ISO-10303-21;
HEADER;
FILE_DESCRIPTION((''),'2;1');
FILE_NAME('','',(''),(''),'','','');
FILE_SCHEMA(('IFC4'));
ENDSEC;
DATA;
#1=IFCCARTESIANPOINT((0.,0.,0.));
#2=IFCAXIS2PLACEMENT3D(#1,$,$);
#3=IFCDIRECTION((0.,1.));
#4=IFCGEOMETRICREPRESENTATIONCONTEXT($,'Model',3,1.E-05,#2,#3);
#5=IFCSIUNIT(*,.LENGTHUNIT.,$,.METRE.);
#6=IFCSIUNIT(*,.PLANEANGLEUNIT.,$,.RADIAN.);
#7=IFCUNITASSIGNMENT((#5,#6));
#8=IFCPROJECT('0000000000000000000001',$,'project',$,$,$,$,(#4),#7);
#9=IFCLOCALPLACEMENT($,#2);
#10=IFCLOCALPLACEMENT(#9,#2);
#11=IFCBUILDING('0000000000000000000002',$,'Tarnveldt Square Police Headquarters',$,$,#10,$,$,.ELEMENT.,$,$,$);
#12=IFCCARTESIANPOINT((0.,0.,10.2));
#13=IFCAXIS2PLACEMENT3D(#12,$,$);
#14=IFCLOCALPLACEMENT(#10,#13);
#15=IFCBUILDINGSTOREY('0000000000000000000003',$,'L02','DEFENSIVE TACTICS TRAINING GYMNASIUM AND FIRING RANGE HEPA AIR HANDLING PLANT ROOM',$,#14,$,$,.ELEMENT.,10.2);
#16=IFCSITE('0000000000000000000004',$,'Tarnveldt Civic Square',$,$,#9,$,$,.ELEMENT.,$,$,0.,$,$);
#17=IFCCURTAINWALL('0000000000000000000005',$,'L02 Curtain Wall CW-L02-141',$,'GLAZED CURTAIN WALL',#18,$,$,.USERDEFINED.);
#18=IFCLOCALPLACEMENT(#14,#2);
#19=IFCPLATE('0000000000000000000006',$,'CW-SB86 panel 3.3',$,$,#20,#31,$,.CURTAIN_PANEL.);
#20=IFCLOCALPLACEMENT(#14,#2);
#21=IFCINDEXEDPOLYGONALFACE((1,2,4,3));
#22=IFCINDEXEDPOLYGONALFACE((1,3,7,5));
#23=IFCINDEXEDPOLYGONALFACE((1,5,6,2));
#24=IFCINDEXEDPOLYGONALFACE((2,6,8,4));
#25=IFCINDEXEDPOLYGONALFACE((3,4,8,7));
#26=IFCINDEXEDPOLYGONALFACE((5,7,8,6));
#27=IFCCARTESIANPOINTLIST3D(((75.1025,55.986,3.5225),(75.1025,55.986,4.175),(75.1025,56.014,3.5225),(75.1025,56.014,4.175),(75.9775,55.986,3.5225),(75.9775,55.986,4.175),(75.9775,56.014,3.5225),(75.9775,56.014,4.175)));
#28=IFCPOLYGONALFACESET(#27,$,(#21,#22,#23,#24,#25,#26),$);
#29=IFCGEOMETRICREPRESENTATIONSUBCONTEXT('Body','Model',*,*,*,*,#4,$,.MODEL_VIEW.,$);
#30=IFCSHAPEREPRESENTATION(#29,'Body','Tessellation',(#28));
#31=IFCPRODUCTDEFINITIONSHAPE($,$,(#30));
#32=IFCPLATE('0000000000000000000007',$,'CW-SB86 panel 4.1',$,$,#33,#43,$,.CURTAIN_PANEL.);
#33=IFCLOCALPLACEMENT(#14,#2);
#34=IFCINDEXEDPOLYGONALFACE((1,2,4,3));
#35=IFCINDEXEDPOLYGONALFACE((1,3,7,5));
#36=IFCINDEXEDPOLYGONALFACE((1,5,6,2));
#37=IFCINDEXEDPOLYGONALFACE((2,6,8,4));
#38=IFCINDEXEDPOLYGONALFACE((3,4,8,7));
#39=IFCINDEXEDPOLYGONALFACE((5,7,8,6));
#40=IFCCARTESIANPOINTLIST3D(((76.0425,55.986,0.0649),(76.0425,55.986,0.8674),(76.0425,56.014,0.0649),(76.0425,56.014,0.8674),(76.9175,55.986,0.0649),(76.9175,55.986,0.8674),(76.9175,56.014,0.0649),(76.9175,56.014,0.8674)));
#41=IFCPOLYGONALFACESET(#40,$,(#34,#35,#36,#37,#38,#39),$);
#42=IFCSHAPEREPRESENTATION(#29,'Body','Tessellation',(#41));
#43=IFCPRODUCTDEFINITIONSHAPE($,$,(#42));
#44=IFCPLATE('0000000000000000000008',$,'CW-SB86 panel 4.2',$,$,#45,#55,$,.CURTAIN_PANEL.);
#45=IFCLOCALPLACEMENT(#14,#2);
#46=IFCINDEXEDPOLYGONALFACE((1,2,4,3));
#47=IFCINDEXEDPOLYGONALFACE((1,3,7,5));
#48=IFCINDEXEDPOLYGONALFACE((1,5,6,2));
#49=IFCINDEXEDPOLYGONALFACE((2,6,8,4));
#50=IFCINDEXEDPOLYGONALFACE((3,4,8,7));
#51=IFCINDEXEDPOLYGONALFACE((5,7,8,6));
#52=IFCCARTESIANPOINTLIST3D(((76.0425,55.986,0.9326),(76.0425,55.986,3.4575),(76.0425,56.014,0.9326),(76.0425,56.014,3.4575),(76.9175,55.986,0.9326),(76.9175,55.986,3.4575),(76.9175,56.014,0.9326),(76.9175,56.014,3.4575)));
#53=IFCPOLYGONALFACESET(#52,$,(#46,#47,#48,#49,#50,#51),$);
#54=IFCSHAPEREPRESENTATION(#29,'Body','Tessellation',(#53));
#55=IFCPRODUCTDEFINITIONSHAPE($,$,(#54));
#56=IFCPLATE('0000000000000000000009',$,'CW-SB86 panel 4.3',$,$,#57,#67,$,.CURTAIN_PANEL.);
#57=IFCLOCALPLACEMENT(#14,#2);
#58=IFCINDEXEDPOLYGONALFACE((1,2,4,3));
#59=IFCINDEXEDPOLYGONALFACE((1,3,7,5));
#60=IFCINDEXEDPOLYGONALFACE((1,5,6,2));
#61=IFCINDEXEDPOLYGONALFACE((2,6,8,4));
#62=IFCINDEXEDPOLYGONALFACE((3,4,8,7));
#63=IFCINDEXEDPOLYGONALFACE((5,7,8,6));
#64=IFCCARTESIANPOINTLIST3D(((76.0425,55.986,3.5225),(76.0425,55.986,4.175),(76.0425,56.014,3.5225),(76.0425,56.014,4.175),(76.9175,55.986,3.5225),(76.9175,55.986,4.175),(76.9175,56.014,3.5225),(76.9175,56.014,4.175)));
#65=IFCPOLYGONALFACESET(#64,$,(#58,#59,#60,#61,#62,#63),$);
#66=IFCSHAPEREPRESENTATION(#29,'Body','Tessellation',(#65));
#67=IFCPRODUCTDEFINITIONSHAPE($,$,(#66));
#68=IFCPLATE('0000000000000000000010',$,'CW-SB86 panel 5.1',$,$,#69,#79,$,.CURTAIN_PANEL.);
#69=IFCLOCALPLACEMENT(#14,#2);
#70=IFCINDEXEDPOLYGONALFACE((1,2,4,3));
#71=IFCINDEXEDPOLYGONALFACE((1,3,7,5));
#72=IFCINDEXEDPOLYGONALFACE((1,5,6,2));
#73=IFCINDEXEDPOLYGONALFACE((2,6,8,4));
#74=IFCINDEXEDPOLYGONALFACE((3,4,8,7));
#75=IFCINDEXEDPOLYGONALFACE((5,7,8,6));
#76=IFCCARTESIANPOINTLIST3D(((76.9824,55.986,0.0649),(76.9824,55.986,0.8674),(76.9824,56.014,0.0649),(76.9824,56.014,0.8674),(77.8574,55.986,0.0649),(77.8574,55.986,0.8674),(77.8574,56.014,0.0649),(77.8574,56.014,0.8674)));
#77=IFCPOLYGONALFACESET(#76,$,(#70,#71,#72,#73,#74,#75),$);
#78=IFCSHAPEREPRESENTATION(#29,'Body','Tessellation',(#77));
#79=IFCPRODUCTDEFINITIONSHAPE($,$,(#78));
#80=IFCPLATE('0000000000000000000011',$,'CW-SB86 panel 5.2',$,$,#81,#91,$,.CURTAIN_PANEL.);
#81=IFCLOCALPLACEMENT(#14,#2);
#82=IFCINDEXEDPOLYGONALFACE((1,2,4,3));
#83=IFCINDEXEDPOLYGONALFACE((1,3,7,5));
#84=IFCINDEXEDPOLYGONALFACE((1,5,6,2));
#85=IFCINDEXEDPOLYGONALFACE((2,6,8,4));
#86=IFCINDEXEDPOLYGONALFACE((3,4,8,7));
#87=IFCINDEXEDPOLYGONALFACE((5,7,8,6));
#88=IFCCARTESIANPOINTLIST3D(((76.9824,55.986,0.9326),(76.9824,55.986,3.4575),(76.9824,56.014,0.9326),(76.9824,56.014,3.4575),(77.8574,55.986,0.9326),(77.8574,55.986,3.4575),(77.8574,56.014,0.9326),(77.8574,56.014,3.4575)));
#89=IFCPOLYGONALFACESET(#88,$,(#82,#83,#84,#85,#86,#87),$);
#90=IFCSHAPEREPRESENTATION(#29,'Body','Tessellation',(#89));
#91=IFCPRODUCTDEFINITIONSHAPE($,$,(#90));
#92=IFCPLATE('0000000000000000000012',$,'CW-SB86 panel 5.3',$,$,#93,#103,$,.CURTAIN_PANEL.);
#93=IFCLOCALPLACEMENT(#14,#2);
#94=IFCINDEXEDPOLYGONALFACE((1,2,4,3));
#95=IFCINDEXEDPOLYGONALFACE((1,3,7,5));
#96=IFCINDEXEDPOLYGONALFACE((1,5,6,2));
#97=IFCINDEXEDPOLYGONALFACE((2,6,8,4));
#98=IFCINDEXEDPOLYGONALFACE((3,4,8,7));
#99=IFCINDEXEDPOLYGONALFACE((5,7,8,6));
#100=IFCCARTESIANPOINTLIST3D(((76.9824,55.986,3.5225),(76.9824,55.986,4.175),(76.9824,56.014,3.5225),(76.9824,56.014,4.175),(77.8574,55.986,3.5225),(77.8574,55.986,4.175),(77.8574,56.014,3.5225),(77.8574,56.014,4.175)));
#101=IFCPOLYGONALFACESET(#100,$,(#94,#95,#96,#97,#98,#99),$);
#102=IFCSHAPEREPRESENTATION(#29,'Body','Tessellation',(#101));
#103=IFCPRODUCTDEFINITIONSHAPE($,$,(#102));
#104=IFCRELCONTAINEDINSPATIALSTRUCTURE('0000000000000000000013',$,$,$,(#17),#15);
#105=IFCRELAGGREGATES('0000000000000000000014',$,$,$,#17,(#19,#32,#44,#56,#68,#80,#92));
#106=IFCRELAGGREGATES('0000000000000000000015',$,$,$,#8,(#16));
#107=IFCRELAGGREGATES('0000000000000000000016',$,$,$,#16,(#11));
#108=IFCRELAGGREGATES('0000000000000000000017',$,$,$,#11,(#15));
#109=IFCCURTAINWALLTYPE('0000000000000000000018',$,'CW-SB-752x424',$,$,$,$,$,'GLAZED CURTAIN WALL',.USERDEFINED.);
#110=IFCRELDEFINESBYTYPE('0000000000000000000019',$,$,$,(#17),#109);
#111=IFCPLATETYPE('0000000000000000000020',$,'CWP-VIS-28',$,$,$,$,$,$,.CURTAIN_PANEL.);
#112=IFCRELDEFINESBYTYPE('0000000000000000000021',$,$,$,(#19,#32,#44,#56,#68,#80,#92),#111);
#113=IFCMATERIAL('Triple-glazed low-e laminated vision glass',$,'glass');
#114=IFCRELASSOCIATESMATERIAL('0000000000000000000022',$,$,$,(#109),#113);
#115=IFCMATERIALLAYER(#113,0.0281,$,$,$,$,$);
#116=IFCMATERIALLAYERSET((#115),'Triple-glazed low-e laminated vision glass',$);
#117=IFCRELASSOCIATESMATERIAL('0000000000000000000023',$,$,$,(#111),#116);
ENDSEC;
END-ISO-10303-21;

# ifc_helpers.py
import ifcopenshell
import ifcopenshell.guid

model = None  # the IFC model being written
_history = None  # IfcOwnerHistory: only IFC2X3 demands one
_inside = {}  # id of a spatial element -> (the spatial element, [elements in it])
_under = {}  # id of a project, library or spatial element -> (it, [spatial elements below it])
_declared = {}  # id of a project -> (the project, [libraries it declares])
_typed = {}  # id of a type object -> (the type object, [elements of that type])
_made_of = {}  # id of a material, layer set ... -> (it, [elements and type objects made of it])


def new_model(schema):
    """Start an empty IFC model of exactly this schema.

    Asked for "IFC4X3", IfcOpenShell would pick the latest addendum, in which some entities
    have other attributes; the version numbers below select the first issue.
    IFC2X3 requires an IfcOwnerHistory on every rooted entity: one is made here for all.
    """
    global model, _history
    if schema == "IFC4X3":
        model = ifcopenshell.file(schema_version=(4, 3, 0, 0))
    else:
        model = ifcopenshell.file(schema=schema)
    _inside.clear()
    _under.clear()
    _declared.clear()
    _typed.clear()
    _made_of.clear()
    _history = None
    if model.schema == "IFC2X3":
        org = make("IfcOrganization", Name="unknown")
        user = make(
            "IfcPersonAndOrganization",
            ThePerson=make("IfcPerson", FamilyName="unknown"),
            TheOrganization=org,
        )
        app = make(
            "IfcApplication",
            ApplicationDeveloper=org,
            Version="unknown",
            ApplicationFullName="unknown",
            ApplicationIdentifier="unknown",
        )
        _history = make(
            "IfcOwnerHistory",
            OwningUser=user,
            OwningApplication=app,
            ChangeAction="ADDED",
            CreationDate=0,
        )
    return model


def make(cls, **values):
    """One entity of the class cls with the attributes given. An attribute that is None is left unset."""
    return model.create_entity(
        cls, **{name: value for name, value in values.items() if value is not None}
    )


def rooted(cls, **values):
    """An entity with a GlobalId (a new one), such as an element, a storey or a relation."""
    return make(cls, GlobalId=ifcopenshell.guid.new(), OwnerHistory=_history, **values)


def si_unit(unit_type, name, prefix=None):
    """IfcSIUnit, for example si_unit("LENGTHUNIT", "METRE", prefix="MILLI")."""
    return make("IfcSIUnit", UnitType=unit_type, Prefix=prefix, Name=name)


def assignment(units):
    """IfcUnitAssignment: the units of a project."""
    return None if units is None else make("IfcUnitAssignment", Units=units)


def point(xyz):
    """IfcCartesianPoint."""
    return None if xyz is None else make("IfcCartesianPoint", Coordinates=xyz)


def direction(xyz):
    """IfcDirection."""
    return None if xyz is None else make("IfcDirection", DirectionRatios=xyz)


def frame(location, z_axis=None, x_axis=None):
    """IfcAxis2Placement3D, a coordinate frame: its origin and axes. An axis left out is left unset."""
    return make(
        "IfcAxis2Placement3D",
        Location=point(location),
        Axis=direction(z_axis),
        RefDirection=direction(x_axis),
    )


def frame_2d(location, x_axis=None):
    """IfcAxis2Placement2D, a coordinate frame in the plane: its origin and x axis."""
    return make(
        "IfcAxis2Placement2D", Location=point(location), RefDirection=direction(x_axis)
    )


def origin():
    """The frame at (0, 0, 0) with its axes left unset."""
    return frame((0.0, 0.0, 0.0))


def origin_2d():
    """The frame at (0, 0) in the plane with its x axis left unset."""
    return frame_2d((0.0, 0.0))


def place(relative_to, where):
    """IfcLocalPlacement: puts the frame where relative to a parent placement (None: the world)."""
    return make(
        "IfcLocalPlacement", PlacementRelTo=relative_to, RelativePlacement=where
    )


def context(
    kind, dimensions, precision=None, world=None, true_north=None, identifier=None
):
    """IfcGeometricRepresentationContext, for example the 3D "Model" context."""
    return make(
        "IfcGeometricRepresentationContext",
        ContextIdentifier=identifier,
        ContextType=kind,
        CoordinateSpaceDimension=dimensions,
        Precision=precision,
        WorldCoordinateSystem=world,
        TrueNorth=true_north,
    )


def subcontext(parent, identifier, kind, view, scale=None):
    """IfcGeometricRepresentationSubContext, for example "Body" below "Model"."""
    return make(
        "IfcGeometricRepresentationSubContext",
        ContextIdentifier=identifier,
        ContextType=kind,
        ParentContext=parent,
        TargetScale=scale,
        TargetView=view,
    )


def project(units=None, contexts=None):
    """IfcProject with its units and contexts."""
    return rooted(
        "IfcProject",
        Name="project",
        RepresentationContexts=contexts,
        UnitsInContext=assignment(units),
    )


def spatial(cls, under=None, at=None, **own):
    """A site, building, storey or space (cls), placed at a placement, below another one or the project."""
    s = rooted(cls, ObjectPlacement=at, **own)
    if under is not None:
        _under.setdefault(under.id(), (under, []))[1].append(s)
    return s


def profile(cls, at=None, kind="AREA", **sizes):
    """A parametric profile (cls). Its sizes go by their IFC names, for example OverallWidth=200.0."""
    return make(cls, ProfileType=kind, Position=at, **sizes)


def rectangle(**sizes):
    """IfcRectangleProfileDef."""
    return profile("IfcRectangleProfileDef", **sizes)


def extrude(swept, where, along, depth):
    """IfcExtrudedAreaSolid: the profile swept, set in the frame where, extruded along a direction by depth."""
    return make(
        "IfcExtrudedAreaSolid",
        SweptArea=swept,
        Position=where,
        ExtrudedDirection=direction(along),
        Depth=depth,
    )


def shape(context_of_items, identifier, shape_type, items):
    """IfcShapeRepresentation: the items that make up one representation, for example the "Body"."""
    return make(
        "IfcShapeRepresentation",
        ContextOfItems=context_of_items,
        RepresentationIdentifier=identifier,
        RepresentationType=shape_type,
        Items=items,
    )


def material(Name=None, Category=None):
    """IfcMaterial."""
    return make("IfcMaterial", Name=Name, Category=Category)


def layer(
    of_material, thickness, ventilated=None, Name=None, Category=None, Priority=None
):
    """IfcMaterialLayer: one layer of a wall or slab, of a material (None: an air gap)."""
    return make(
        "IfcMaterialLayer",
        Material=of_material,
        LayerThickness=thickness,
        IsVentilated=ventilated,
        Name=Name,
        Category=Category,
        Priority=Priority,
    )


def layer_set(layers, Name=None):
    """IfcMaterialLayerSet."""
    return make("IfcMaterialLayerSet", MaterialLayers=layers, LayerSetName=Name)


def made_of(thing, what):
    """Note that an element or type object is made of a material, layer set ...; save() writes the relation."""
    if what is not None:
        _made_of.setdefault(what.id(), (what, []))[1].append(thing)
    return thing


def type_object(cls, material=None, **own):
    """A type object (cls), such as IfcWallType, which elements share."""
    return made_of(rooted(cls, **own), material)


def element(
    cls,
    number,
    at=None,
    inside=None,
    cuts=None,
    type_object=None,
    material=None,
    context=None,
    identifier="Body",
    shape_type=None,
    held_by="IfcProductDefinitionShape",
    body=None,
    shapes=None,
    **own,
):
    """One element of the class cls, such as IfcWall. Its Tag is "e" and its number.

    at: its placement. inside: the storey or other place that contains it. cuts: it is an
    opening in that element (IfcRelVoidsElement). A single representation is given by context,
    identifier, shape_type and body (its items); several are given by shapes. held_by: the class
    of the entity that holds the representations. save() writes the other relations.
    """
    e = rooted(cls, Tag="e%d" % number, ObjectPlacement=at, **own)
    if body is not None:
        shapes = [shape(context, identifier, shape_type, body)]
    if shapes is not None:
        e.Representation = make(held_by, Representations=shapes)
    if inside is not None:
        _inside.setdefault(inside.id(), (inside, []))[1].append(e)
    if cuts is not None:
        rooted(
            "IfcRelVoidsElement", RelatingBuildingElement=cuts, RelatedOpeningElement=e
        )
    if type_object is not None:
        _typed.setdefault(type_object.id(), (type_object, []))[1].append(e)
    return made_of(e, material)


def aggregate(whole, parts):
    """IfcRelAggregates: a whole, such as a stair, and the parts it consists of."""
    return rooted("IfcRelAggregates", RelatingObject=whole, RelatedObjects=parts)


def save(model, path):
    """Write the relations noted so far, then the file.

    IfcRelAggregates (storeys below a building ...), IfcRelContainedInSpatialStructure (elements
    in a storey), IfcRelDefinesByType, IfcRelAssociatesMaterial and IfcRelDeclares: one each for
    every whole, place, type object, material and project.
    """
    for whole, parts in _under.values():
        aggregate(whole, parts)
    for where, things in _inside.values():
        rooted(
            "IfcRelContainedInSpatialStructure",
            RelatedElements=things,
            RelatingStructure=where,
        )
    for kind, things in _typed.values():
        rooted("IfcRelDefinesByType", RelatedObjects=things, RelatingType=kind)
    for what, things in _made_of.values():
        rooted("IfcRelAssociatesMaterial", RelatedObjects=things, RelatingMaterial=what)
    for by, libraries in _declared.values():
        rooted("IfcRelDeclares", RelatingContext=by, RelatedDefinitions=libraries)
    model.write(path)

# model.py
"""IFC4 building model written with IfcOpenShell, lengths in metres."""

from ifc_helpers import new_model, si_unit, direction, frame, origin, origin_2d, place, context, subcontext, project, spatial, rectangle, extrude, material, layer, layer_set, type_object, element, aggregate, save


model = new_model("IFC4")

# Units and contexts
model_context = context("Model", 3, precision=1e-05, world=origin(), true_north=direction((0.0, 1.0)))
body_context = subcontext(model_context, "Body", "Model", "MODEL_VIEW")
ifc_project = project(units=[si_unit("LENGTHUNIT", "METRE"), si_unit("PLANEANGLEUNIT", "RADIAN")], contexts=[model_context])

# Site, building, storey
site_placement = place(None, origin())
site = spatial("IfcSite", under=ifc_project, at=site_placement, Name="Tarnveldt Civic Square", CompositionType="ELEMENT", RefElevation=0.0)
building_placement = place(site_placement, origin())
building = spatial("IfcBuilding", under=site, at=building_placement, Name="Tarnveldt Square Police Headquarters", CompositionType="ELEMENT")
storey_placement = place(building_placement, frame((0.0, 0.0, 10.2)))
storey = spatial("IfcBuildingStorey", under=building, at=storey_placement, Name="L02", Description="DEFENSIVE TACTICS TRAINING GYMNASIUM AND FIRING RANGE HEPA AIR HANDLING PLANT ROOM", CompositionType="ELEMENT", Elevation=10.2)

# Curtain wall, plates
ifc_material_1 = material(Name="Triple-glazed low-e laminated vision glass", Category="glass")
curtain_wall_type = type_object("IfcCurtainWallType", Name="CW-SB-752x424", ElementType="GLAZED CURTAIN WALL", PredefinedType="USERDEFINED", material=ifc_material_1)
curtain_wall_placement = place(storey_placement, origin())
curtain_wall = element("IfcCurtainWall", 1, at=curtain_wall_placement, inside=storey, type_object=curtain_wall_type, Name="L02 Curtain Wall CW-L02-141", ObjectType="GLAZED CURTAIN WALL", PredefinedType="USERDEFINED")
ifc_layer = layer(ifc_material_1, 0.0281)
ifc_layer_set = layer_set([ifc_layer], Name="Triple-glazed low-e laminated vision glass")
plate_type = type_object("IfcPlateType", Name="CWP-VIS-28", PredefinedType="CURTAIN_PANEL", material=ifc_layer_set)
plate_1_placement = place(storey_placement, frame((75.54, 56.0, 3.5225), z_axis=(0.0, 0.0, 1.0), x_axis=(1.0, 0.0, 0.0)))
plate_1 = element("IfcPlate", 2, at=plate_1_placement, type_object=plate_type, Name="CW-SB86 panel 3.3", PredefinedType="CURTAIN_PANEL", context=body_context, shape_type="SweptSolid", body=[
    extrude(rectangle(XDim=0.875, YDim=0.0281, at=origin_2d()), origin(), (0.0, 0.0, 1.0), 0.6526),
])
plate_2_placement = place(storey_placement, frame((76.48, 56.0, 0.0649), z_axis=(0.0, 0.0, 1.0), x_axis=(1.0, 0.0, 0.0)))
plate_2 = element("IfcPlate", 3, at=plate_2_placement, type_object=plate_type, Name="CW-SB86 panel 4.1", PredefinedType="CURTAIN_PANEL", context=body_context, shape_type="SweptSolid", body=[
    extrude(rectangle(XDim=0.875, YDim=0.0281, at=origin_2d()), origin(), (0.0, 0.0, 1.0), 0.8025),
])
plate_3_placement = place(storey_placement, frame((76.48, 56.0, 0.9326), z_axis=(0.0, 0.0, 1.0), x_axis=(1.0, 0.0, 0.0)))
plate_3 = element("IfcPlate", 4, at=plate_3_placement, type_object=plate_type, Name="CW-SB86 panel 4.2", PredefinedType="CURTAIN_PANEL", context=body_context, shape_type="SweptSolid", body=[
    extrude(rectangle(XDim=0.875, YDim=0.0281, at=origin_2d()), origin(), (0.0, 0.0, 1.0), 2.5249),
])
plate_4_placement = place(storey_placement, frame((76.48, 56.0, 3.5225), z_axis=(0.0, 0.0, 1.0), x_axis=(1.0, 0.0, 0.0)))
plate_4 = element("IfcPlate", 5, at=plate_4_placement, type_object=plate_type, Name="CW-SB86 panel 4.3", PredefinedType="CURTAIN_PANEL", context=body_context, shape_type="SweptSolid", body=[
    extrude(rectangle(XDim=0.875, YDim=0.0281, at=origin_2d()), origin(), (0.0, 0.0, 1.0), 0.6526),
])
plate_5_placement = place(storey_placement, frame((77.4199, 56.0, 0.0649), z_axis=(0.0, 0.0, 1.0), x_axis=(1.0, 0.0, 0.0)))
plate_5 = element("IfcPlate", 6, at=plate_5_placement, type_object=plate_type, Name="CW-SB86 panel 5.1", PredefinedType="CURTAIN_PANEL", context=body_context, shape_type="SweptSolid", body=[
    extrude(rectangle(XDim=0.875, YDim=0.0281, at=origin_2d()), origin(), (0.0, 0.0, 1.0), 0.8025),
])
plate_6_placement = place(storey_placement, frame((77.4199, 56.0, 0.9326), z_axis=(0.0, 0.0, 1.0), x_axis=(1.0, 0.0, 0.0)))
plate_6 = element("IfcPlate", 7, at=plate_6_placement, type_object=plate_type, Name="CW-SB86 panel 5.2", PredefinedType="CURTAIN_PANEL", context=body_context, shape_type="SweptSolid", body=[
    extrude(rectangle(XDim=0.875, YDim=0.0281, at=origin_2d()), origin(), (0.0, 0.0, 1.0), 2.5249),
])
plate_7_placement = place(storey_placement, frame((77.4199, 56.0, 3.5225), z_axis=(0.0, 0.0, 1.0), x_axis=(1.0, 0.0, 0.0)))
plate_7 = element("IfcPlate", 8, at=plate_7_placement, type_object=plate_type, Name="CW-SB86 panel 5.3", PredefinedType="CURTAIN_PANEL", context=body_context, shape_type="SweptSolid", body=[
    extrude(rectangle(XDim=0.875, YDim=0.0281, at=origin_2d()), origin(), (0.0, 0.0, 1.0), 0.6526),
])
aggregate(curtain_wall, [plate_1, plate_2, plate_3, plate_4, plate_5, plate_6, plate_7])

save(model, "model.ifc")
